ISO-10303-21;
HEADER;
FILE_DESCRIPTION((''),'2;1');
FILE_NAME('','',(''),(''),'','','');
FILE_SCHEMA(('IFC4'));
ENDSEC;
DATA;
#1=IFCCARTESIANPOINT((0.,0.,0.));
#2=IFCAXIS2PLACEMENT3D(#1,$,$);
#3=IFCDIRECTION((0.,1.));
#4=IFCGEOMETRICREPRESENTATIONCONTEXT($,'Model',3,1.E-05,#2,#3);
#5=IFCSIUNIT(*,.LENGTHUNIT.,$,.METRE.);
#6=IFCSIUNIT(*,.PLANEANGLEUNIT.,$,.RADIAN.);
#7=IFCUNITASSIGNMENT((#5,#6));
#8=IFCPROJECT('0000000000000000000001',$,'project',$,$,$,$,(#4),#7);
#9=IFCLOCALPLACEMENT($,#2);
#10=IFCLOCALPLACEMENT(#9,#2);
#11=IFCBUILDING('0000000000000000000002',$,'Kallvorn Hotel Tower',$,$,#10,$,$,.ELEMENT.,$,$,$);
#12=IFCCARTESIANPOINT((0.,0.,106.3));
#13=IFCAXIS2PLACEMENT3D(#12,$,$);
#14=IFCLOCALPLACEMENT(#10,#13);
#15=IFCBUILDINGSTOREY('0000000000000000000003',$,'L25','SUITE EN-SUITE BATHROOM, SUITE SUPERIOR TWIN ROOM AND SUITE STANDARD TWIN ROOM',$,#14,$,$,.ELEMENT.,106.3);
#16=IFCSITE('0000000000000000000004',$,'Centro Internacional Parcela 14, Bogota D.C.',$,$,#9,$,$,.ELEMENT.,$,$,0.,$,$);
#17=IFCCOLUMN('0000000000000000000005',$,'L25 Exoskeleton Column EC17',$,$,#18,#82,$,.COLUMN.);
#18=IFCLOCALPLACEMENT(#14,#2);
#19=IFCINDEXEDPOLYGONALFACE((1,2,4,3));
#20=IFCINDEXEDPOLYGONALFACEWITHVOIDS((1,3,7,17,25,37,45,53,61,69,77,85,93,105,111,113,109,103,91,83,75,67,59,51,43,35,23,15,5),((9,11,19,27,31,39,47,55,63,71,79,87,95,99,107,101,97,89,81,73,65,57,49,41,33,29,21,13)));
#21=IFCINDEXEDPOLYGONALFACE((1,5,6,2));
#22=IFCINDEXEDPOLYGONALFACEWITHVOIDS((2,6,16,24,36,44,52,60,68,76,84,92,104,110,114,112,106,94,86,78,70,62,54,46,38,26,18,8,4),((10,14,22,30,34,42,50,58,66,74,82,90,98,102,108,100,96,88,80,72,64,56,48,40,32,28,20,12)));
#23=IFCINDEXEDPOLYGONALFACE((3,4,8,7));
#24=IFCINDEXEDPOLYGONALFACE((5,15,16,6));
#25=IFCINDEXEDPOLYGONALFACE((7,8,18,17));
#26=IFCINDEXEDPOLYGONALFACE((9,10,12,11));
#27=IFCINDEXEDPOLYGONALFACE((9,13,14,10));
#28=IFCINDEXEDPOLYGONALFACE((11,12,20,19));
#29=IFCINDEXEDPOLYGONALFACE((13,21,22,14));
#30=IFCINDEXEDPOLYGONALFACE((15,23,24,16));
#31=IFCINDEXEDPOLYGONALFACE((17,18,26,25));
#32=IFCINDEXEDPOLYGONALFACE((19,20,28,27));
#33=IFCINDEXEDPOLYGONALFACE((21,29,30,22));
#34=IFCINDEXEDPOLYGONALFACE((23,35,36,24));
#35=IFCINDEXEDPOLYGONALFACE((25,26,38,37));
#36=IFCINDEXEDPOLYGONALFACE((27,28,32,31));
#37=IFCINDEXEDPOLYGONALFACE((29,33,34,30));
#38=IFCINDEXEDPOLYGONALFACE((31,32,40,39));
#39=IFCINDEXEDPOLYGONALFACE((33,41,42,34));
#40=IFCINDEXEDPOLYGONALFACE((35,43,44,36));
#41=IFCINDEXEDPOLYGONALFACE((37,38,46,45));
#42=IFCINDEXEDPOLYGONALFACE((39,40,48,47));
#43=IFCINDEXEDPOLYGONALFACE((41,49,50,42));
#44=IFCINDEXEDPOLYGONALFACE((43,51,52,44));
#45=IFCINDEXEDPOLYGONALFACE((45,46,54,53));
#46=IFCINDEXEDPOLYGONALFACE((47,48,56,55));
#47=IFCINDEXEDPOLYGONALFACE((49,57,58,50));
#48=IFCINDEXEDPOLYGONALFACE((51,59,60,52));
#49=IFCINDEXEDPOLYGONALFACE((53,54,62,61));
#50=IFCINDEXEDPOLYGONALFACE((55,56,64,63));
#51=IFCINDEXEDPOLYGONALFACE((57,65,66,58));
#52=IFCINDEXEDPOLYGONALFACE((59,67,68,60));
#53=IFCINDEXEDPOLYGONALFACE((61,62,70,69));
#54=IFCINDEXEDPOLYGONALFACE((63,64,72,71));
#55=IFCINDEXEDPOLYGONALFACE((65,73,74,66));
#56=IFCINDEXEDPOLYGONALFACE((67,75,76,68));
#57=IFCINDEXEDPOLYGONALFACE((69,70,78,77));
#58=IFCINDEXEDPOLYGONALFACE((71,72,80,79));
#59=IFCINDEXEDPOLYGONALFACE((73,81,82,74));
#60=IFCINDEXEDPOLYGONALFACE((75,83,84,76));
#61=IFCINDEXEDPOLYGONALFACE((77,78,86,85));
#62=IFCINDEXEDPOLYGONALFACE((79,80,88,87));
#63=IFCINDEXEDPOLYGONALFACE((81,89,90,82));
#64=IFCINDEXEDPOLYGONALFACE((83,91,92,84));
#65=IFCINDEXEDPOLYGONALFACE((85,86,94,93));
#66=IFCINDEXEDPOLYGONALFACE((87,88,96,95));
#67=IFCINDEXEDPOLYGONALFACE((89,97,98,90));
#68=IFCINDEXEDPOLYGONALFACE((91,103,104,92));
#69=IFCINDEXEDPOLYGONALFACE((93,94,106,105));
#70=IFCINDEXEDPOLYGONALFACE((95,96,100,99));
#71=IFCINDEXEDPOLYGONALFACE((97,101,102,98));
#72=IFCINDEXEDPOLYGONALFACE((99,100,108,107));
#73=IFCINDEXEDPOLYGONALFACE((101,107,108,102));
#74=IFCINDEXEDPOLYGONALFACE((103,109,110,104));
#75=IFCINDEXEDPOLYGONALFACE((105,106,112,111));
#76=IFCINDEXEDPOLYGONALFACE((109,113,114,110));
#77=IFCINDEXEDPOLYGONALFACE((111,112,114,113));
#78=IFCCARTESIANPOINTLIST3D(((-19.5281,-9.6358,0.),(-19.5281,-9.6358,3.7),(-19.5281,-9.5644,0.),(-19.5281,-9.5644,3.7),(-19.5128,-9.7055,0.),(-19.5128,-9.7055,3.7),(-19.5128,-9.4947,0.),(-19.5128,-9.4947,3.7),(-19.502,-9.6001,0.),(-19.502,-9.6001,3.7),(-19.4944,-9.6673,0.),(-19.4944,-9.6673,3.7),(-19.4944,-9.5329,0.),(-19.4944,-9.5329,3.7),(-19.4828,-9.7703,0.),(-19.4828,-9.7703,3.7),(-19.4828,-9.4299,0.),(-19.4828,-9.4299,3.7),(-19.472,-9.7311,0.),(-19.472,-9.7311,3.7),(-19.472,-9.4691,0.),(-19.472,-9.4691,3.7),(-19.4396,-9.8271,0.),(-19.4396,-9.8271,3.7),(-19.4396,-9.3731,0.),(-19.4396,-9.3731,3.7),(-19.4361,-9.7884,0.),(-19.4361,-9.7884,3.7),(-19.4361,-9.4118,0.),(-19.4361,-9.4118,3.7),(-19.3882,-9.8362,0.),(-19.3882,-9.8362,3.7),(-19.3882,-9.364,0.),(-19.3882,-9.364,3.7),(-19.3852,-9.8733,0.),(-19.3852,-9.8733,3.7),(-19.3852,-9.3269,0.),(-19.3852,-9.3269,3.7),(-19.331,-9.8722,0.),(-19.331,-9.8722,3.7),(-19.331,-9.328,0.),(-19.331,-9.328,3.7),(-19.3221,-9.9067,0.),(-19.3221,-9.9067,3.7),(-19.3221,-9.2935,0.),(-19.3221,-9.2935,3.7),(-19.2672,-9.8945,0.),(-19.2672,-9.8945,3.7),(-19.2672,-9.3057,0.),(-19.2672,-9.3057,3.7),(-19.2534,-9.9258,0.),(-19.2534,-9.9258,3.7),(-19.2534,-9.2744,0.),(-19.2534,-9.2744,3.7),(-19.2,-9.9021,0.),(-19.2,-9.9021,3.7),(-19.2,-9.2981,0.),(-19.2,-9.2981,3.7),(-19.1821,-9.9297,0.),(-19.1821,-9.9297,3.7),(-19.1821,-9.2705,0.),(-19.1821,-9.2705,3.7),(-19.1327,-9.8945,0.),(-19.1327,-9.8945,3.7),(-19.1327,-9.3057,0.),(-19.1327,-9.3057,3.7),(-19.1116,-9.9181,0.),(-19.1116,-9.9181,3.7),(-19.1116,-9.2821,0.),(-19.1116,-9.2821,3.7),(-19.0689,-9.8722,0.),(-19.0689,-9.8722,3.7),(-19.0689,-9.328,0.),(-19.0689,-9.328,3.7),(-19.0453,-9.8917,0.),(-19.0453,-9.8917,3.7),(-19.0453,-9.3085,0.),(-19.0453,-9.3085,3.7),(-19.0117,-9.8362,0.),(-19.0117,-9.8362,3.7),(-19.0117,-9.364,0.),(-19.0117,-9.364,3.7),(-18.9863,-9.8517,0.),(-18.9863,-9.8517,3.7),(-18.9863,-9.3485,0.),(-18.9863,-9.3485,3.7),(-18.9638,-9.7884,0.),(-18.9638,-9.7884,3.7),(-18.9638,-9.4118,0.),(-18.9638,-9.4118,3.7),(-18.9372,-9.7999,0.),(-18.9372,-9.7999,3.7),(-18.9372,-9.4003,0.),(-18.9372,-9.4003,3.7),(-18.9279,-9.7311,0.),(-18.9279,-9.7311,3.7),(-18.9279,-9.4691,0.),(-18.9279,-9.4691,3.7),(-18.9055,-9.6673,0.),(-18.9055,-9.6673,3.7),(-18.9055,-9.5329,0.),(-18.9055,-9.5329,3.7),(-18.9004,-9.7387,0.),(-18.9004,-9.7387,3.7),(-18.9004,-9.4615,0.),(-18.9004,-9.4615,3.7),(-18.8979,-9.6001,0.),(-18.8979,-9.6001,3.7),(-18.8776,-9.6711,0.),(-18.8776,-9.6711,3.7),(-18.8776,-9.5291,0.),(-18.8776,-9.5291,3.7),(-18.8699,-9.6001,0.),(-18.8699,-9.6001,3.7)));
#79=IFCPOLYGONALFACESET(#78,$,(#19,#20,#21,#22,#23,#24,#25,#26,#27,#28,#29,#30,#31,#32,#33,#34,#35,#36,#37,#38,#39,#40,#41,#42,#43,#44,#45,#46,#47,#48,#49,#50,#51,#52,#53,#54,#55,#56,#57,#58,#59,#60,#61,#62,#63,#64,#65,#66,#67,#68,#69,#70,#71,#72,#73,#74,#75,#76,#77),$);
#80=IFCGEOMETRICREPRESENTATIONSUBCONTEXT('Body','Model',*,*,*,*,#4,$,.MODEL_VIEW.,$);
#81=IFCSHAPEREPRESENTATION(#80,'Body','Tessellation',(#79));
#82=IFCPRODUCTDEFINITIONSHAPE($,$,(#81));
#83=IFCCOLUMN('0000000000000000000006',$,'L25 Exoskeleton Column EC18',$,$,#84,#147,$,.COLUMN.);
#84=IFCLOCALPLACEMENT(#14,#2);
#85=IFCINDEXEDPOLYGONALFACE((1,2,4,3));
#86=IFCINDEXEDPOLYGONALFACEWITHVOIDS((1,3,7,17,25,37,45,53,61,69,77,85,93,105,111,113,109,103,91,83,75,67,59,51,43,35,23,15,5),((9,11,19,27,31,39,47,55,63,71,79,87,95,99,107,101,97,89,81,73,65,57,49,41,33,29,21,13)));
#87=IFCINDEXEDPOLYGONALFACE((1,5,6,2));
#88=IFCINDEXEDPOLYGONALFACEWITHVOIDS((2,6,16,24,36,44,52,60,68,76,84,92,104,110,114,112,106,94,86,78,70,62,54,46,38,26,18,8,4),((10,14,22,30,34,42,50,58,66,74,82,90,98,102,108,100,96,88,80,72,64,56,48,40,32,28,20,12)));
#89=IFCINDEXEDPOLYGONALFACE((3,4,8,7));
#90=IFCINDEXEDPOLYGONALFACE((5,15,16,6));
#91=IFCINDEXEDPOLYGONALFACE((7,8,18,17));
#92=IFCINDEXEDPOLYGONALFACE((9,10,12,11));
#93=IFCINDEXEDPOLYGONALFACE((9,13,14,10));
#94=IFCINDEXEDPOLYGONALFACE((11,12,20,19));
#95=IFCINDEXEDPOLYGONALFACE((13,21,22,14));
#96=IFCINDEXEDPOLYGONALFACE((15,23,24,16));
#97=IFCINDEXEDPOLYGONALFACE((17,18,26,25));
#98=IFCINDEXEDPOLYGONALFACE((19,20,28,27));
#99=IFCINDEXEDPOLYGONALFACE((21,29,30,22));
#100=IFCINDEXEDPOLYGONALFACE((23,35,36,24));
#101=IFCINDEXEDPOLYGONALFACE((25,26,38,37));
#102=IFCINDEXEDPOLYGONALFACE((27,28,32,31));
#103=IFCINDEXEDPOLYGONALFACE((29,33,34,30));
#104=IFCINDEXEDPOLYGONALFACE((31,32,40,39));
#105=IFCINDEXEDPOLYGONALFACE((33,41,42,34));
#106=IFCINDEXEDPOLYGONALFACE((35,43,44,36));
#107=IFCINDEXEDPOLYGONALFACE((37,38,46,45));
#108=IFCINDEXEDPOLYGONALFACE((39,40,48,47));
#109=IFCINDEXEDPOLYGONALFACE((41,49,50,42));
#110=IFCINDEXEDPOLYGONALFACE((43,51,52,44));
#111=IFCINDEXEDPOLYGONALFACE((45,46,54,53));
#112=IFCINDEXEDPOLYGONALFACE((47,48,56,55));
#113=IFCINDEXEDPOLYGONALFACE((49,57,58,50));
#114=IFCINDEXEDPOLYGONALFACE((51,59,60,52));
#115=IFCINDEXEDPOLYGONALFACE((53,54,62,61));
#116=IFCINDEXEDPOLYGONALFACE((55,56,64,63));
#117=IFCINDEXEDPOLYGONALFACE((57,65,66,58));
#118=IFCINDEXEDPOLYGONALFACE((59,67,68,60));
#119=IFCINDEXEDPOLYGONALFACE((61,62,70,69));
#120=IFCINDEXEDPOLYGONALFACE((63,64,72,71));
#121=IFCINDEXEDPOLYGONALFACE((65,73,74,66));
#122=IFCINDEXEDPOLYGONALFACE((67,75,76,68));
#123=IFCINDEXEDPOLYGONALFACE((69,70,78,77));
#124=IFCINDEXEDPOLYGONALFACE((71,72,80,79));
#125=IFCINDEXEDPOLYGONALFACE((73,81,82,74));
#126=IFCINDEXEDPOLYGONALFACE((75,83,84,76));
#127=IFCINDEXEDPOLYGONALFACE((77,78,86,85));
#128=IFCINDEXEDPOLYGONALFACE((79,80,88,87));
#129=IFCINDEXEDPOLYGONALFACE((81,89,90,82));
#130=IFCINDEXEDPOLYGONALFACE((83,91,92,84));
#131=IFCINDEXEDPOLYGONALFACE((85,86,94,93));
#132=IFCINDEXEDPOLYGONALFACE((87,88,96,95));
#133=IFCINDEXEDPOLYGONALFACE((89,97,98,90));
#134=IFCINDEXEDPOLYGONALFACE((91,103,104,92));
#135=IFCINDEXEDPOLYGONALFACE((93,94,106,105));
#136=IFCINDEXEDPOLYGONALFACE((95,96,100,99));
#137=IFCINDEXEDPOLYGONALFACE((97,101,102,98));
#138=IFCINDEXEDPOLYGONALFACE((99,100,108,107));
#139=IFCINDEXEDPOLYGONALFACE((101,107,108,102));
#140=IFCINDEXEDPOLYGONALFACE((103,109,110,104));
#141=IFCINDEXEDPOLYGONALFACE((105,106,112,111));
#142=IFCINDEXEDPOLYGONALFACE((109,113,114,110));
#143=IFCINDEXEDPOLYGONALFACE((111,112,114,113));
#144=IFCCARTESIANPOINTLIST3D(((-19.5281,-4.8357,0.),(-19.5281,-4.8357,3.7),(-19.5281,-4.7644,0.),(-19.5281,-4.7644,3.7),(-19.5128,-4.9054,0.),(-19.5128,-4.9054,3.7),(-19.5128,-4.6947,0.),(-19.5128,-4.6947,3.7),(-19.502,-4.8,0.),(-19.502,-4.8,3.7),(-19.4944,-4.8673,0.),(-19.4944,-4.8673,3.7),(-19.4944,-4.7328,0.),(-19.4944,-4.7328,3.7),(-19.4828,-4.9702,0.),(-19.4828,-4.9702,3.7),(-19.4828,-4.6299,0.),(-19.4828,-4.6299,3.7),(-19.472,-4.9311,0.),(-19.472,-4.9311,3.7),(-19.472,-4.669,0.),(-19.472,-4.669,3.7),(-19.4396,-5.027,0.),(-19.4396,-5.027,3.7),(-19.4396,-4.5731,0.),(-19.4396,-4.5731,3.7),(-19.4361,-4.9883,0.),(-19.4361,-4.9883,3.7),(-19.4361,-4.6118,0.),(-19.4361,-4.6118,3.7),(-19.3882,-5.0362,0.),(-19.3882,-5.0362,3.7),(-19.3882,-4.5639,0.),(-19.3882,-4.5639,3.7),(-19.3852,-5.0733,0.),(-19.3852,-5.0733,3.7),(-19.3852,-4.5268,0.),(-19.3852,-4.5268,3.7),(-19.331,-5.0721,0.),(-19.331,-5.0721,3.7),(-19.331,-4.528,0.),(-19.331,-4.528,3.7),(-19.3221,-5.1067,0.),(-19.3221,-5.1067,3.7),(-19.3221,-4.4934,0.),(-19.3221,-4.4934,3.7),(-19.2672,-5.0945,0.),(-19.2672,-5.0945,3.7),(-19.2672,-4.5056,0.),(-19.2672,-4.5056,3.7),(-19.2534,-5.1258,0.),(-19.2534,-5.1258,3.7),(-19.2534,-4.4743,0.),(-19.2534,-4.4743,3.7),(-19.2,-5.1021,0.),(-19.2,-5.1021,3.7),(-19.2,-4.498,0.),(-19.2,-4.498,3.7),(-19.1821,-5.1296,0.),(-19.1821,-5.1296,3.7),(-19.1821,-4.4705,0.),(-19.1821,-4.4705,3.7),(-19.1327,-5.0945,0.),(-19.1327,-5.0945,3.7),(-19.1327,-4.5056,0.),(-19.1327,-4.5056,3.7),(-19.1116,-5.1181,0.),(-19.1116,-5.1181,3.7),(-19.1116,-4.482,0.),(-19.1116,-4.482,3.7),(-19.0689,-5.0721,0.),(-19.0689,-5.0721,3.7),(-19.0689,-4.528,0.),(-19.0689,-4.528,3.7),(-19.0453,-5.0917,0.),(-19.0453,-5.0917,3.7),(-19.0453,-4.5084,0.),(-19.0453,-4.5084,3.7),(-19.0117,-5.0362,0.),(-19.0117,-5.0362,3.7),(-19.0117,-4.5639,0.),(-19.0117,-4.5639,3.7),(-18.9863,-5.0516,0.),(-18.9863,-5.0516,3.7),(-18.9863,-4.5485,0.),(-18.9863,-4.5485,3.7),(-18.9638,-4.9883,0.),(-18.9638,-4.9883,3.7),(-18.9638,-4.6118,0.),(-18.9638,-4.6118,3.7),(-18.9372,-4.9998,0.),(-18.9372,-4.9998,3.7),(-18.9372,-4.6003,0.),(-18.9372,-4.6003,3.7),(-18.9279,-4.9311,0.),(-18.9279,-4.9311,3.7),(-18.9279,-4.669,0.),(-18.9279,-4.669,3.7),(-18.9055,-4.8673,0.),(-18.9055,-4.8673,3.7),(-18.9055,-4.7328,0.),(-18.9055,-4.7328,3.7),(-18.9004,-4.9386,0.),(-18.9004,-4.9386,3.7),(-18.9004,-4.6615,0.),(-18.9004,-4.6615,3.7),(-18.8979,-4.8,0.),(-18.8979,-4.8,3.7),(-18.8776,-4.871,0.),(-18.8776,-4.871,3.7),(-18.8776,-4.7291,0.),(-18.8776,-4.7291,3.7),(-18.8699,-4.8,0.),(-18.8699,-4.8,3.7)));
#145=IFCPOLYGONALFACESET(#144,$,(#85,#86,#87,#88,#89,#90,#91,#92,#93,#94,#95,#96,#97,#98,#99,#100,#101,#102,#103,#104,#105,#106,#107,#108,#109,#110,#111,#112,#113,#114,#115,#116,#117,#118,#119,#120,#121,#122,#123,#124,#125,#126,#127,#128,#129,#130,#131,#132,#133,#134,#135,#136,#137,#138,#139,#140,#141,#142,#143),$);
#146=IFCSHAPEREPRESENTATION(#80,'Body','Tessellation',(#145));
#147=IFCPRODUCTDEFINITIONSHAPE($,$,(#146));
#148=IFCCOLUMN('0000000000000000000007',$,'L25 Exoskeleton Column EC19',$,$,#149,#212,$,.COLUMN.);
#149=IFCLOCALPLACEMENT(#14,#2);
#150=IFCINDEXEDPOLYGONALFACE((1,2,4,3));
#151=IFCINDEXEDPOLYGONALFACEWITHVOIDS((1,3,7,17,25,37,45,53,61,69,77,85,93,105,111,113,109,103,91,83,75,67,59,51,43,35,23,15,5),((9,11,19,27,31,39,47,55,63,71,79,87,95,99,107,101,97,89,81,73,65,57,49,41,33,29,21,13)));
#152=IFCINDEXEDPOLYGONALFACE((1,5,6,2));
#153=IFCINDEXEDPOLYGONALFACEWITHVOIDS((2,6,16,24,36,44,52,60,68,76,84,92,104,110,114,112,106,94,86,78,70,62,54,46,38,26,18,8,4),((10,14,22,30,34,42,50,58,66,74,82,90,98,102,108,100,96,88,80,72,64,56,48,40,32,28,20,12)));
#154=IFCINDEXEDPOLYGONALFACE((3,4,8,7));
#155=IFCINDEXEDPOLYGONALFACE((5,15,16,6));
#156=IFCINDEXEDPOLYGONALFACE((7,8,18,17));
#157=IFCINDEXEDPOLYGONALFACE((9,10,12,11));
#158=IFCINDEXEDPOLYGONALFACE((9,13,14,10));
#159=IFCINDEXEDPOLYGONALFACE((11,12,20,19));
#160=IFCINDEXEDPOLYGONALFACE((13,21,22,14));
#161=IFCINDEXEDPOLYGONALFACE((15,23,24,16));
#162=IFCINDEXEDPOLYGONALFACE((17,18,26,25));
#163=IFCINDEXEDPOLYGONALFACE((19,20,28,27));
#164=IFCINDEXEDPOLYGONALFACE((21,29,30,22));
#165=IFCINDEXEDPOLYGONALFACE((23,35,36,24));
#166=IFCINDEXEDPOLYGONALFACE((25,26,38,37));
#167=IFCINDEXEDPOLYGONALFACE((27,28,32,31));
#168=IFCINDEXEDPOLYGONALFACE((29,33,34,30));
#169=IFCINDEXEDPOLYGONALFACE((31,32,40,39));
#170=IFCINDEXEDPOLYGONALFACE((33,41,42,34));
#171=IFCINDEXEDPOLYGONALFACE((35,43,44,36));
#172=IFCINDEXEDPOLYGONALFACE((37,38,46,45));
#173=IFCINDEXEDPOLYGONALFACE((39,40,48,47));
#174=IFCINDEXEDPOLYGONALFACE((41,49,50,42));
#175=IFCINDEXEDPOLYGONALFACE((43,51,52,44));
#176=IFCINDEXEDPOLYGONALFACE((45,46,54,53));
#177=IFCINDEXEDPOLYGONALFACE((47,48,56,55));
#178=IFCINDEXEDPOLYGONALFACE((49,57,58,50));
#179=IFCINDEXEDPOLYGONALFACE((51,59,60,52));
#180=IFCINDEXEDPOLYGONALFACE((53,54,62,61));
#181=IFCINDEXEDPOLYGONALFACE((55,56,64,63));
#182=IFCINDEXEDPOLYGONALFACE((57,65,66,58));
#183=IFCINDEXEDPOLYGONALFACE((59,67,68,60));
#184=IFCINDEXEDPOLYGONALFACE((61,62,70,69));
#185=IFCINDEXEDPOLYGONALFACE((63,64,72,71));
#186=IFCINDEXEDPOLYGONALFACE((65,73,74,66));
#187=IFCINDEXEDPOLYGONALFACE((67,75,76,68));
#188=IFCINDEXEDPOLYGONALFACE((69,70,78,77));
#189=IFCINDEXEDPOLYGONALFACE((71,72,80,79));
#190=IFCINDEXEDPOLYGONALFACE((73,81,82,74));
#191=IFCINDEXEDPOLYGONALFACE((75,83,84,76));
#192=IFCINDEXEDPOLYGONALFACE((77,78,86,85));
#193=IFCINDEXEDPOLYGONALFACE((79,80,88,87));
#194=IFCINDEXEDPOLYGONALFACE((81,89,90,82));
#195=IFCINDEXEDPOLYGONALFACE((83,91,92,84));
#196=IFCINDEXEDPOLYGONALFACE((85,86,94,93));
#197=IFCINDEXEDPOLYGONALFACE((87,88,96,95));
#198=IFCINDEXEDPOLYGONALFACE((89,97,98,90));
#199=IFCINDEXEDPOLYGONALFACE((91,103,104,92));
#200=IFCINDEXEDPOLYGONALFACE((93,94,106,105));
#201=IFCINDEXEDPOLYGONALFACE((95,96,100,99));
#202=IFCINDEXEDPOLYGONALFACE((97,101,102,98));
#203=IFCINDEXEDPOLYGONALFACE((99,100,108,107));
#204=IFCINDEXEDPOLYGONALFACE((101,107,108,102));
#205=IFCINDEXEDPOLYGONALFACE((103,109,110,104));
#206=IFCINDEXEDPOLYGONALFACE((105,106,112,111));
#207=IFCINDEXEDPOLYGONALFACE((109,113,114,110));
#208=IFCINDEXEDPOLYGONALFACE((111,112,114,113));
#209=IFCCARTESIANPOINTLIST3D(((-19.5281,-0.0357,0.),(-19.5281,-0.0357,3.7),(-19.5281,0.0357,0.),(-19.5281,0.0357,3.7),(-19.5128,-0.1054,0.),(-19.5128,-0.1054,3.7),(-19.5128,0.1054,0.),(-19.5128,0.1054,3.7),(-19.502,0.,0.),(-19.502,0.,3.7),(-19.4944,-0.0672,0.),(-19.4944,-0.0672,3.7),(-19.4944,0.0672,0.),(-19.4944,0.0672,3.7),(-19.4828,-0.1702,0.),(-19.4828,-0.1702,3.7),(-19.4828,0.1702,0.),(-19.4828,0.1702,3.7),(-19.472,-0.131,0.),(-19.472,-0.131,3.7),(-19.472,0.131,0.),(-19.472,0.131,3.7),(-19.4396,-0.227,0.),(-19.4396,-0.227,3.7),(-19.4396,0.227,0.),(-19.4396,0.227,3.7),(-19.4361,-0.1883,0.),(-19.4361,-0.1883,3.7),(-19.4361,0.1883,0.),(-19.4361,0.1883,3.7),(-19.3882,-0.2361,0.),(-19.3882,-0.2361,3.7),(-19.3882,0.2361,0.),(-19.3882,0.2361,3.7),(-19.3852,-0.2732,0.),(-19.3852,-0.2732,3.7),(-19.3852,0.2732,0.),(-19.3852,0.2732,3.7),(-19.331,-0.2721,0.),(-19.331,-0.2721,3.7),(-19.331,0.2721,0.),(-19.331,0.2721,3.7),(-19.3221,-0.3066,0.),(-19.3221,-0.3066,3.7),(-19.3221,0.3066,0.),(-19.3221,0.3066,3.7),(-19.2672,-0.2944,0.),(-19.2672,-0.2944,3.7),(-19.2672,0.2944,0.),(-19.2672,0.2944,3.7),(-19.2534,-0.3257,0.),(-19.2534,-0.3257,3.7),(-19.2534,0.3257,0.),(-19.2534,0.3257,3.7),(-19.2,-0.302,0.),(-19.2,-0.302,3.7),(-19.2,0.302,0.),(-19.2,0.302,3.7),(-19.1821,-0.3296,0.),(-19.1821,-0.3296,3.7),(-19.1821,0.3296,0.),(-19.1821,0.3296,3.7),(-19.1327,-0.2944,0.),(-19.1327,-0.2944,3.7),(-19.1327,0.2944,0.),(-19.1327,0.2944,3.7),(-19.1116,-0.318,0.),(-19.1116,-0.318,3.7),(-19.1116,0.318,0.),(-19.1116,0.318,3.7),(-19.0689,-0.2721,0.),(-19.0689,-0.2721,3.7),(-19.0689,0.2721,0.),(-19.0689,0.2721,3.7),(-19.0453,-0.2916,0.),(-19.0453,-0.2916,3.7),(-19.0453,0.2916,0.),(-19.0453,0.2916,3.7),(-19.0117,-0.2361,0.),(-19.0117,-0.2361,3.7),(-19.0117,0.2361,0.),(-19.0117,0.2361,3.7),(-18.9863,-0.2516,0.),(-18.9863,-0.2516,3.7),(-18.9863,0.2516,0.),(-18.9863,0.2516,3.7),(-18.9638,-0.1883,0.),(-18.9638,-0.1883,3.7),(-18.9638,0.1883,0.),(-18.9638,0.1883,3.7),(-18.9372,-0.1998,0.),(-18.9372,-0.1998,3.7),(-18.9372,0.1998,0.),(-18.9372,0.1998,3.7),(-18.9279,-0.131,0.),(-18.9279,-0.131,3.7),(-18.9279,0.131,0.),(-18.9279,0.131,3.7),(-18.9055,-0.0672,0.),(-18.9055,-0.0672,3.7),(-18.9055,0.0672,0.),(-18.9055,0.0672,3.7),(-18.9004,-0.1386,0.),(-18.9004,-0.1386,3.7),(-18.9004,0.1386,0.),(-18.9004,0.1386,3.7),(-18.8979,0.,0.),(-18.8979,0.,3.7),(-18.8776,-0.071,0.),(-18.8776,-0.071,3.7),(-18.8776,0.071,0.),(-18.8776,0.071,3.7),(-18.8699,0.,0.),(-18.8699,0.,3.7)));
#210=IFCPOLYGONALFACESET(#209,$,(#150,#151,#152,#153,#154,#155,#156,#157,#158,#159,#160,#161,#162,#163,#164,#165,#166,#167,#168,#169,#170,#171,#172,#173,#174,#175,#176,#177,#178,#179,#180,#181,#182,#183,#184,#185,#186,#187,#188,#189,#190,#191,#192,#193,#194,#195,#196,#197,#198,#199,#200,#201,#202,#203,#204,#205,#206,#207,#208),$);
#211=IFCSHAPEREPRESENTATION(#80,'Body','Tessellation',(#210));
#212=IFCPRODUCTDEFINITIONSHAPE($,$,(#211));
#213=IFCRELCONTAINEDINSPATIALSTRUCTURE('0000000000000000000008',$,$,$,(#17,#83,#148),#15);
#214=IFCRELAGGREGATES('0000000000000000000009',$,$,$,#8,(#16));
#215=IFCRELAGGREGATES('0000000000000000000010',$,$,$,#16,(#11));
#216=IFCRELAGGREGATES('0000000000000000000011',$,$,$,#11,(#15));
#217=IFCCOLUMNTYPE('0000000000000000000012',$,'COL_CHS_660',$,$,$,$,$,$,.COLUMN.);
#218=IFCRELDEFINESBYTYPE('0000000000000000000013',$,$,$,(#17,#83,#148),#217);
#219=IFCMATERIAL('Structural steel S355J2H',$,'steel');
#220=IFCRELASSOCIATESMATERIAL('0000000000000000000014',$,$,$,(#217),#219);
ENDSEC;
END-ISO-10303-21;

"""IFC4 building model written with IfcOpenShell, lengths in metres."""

from ifc_helpers import new_model, si_unit, direction, frame, origin, origin_2d, place, context, subcontext, project, spatial, hollow_circle, extrude, material, material_profile, profile_set, type_object, element, save


model = new_model("IFC4")

# Units and contexts
model_context = context("Model", 3, precision=1e-05, world=origin(), true_north=direction((0.0, 1.0)))
body_context = subcontext(model_context, "Body", "Model", "MODEL_VIEW")
ifc_project = project(units=[si_unit("LENGTHUNIT", "METRE"), si_unit("PLANEANGLEUNIT", "RADIAN")], contexts=[model_context])

# Site, building, storey
site_placement = place(None, origin())
site = spatial("IfcSite", under=ifc_project, at=site_placement, Name="Centro Internacional Parcela 14, Bogota D.C.", CompositionType="ELEMENT", RefElevation=0.0)
building_placement = place(site_placement, origin())
building = spatial("IfcBuilding", under=site, at=building_placement, Name="Kallvorn Hotel Tower", CompositionType="ELEMENT")
storey_placement = place(building_placement, frame((0.0, 0.0, 106.3)))
storey = spatial("IfcBuildingStorey", under=building, at=storey_placement, Name="L25", Description="SUITE EN-SUITE BATHROOM, SUITE SUPERIOR TWIN ROOM AND SUITE STANDARD TWIN ROOM", CompositionType="ELEMENT", Elevation=106.3)

# Columns
ifc_material_1 = material(Name="Structural steel S355J2H", Category="steel")
ifc_material_profile_1 = material_profile(ifc_material_1, hollow_circle(Radius=0.3301, WallThickness=0.0281, at=origin_2d()), Name="CHS 660x28")
ifc_profile_set_1 = profile_set([ifc_material_profile_1], Name="Structural steel S355J2H")
column_type_1 = type_object("IfcColumnType", Name="COL_CHS_660", PredefinedType="COLUMN", material=ifc_profile_set_1)
for number, where, z_axis, x_axis, name in (
    (1, (-19.2, -9.6001, 0.0), (0.0, 0.0, 1.0), (1.0, 0.0, 0.0), "L25 Exoskeleton Column EC17"),
    (2, (-19.2, -4.8, 0.0), (0.0, 0.0, 1.0), (1.0, 0.0, 0.0), "L25 Exoskeleton Column EC18"),
    (3, (-19.2, 0.0, 0.0), (0.0, 0.0, 1.0), (1.0, 0.0, 0.0), "L25 Exoskeleton Column EC19"),
):
    element("IfcColumn", number, at=place(storey_placement, frame(where, z_axis=z_axis, x_axis=x_axis)), inside=storey, type_object=column_type_1, Name=name, PredefinedType="COLUMN", context=body_context, shape_type="SweptSolid", body=[
        extrude(hollow_circle(Radius=0.3301, WallThickness=0.0281, at=origin_2d()), origin(), (0.0, 0.0, 1.0), 3.7),
    ])

save(model, "model.ifc")
